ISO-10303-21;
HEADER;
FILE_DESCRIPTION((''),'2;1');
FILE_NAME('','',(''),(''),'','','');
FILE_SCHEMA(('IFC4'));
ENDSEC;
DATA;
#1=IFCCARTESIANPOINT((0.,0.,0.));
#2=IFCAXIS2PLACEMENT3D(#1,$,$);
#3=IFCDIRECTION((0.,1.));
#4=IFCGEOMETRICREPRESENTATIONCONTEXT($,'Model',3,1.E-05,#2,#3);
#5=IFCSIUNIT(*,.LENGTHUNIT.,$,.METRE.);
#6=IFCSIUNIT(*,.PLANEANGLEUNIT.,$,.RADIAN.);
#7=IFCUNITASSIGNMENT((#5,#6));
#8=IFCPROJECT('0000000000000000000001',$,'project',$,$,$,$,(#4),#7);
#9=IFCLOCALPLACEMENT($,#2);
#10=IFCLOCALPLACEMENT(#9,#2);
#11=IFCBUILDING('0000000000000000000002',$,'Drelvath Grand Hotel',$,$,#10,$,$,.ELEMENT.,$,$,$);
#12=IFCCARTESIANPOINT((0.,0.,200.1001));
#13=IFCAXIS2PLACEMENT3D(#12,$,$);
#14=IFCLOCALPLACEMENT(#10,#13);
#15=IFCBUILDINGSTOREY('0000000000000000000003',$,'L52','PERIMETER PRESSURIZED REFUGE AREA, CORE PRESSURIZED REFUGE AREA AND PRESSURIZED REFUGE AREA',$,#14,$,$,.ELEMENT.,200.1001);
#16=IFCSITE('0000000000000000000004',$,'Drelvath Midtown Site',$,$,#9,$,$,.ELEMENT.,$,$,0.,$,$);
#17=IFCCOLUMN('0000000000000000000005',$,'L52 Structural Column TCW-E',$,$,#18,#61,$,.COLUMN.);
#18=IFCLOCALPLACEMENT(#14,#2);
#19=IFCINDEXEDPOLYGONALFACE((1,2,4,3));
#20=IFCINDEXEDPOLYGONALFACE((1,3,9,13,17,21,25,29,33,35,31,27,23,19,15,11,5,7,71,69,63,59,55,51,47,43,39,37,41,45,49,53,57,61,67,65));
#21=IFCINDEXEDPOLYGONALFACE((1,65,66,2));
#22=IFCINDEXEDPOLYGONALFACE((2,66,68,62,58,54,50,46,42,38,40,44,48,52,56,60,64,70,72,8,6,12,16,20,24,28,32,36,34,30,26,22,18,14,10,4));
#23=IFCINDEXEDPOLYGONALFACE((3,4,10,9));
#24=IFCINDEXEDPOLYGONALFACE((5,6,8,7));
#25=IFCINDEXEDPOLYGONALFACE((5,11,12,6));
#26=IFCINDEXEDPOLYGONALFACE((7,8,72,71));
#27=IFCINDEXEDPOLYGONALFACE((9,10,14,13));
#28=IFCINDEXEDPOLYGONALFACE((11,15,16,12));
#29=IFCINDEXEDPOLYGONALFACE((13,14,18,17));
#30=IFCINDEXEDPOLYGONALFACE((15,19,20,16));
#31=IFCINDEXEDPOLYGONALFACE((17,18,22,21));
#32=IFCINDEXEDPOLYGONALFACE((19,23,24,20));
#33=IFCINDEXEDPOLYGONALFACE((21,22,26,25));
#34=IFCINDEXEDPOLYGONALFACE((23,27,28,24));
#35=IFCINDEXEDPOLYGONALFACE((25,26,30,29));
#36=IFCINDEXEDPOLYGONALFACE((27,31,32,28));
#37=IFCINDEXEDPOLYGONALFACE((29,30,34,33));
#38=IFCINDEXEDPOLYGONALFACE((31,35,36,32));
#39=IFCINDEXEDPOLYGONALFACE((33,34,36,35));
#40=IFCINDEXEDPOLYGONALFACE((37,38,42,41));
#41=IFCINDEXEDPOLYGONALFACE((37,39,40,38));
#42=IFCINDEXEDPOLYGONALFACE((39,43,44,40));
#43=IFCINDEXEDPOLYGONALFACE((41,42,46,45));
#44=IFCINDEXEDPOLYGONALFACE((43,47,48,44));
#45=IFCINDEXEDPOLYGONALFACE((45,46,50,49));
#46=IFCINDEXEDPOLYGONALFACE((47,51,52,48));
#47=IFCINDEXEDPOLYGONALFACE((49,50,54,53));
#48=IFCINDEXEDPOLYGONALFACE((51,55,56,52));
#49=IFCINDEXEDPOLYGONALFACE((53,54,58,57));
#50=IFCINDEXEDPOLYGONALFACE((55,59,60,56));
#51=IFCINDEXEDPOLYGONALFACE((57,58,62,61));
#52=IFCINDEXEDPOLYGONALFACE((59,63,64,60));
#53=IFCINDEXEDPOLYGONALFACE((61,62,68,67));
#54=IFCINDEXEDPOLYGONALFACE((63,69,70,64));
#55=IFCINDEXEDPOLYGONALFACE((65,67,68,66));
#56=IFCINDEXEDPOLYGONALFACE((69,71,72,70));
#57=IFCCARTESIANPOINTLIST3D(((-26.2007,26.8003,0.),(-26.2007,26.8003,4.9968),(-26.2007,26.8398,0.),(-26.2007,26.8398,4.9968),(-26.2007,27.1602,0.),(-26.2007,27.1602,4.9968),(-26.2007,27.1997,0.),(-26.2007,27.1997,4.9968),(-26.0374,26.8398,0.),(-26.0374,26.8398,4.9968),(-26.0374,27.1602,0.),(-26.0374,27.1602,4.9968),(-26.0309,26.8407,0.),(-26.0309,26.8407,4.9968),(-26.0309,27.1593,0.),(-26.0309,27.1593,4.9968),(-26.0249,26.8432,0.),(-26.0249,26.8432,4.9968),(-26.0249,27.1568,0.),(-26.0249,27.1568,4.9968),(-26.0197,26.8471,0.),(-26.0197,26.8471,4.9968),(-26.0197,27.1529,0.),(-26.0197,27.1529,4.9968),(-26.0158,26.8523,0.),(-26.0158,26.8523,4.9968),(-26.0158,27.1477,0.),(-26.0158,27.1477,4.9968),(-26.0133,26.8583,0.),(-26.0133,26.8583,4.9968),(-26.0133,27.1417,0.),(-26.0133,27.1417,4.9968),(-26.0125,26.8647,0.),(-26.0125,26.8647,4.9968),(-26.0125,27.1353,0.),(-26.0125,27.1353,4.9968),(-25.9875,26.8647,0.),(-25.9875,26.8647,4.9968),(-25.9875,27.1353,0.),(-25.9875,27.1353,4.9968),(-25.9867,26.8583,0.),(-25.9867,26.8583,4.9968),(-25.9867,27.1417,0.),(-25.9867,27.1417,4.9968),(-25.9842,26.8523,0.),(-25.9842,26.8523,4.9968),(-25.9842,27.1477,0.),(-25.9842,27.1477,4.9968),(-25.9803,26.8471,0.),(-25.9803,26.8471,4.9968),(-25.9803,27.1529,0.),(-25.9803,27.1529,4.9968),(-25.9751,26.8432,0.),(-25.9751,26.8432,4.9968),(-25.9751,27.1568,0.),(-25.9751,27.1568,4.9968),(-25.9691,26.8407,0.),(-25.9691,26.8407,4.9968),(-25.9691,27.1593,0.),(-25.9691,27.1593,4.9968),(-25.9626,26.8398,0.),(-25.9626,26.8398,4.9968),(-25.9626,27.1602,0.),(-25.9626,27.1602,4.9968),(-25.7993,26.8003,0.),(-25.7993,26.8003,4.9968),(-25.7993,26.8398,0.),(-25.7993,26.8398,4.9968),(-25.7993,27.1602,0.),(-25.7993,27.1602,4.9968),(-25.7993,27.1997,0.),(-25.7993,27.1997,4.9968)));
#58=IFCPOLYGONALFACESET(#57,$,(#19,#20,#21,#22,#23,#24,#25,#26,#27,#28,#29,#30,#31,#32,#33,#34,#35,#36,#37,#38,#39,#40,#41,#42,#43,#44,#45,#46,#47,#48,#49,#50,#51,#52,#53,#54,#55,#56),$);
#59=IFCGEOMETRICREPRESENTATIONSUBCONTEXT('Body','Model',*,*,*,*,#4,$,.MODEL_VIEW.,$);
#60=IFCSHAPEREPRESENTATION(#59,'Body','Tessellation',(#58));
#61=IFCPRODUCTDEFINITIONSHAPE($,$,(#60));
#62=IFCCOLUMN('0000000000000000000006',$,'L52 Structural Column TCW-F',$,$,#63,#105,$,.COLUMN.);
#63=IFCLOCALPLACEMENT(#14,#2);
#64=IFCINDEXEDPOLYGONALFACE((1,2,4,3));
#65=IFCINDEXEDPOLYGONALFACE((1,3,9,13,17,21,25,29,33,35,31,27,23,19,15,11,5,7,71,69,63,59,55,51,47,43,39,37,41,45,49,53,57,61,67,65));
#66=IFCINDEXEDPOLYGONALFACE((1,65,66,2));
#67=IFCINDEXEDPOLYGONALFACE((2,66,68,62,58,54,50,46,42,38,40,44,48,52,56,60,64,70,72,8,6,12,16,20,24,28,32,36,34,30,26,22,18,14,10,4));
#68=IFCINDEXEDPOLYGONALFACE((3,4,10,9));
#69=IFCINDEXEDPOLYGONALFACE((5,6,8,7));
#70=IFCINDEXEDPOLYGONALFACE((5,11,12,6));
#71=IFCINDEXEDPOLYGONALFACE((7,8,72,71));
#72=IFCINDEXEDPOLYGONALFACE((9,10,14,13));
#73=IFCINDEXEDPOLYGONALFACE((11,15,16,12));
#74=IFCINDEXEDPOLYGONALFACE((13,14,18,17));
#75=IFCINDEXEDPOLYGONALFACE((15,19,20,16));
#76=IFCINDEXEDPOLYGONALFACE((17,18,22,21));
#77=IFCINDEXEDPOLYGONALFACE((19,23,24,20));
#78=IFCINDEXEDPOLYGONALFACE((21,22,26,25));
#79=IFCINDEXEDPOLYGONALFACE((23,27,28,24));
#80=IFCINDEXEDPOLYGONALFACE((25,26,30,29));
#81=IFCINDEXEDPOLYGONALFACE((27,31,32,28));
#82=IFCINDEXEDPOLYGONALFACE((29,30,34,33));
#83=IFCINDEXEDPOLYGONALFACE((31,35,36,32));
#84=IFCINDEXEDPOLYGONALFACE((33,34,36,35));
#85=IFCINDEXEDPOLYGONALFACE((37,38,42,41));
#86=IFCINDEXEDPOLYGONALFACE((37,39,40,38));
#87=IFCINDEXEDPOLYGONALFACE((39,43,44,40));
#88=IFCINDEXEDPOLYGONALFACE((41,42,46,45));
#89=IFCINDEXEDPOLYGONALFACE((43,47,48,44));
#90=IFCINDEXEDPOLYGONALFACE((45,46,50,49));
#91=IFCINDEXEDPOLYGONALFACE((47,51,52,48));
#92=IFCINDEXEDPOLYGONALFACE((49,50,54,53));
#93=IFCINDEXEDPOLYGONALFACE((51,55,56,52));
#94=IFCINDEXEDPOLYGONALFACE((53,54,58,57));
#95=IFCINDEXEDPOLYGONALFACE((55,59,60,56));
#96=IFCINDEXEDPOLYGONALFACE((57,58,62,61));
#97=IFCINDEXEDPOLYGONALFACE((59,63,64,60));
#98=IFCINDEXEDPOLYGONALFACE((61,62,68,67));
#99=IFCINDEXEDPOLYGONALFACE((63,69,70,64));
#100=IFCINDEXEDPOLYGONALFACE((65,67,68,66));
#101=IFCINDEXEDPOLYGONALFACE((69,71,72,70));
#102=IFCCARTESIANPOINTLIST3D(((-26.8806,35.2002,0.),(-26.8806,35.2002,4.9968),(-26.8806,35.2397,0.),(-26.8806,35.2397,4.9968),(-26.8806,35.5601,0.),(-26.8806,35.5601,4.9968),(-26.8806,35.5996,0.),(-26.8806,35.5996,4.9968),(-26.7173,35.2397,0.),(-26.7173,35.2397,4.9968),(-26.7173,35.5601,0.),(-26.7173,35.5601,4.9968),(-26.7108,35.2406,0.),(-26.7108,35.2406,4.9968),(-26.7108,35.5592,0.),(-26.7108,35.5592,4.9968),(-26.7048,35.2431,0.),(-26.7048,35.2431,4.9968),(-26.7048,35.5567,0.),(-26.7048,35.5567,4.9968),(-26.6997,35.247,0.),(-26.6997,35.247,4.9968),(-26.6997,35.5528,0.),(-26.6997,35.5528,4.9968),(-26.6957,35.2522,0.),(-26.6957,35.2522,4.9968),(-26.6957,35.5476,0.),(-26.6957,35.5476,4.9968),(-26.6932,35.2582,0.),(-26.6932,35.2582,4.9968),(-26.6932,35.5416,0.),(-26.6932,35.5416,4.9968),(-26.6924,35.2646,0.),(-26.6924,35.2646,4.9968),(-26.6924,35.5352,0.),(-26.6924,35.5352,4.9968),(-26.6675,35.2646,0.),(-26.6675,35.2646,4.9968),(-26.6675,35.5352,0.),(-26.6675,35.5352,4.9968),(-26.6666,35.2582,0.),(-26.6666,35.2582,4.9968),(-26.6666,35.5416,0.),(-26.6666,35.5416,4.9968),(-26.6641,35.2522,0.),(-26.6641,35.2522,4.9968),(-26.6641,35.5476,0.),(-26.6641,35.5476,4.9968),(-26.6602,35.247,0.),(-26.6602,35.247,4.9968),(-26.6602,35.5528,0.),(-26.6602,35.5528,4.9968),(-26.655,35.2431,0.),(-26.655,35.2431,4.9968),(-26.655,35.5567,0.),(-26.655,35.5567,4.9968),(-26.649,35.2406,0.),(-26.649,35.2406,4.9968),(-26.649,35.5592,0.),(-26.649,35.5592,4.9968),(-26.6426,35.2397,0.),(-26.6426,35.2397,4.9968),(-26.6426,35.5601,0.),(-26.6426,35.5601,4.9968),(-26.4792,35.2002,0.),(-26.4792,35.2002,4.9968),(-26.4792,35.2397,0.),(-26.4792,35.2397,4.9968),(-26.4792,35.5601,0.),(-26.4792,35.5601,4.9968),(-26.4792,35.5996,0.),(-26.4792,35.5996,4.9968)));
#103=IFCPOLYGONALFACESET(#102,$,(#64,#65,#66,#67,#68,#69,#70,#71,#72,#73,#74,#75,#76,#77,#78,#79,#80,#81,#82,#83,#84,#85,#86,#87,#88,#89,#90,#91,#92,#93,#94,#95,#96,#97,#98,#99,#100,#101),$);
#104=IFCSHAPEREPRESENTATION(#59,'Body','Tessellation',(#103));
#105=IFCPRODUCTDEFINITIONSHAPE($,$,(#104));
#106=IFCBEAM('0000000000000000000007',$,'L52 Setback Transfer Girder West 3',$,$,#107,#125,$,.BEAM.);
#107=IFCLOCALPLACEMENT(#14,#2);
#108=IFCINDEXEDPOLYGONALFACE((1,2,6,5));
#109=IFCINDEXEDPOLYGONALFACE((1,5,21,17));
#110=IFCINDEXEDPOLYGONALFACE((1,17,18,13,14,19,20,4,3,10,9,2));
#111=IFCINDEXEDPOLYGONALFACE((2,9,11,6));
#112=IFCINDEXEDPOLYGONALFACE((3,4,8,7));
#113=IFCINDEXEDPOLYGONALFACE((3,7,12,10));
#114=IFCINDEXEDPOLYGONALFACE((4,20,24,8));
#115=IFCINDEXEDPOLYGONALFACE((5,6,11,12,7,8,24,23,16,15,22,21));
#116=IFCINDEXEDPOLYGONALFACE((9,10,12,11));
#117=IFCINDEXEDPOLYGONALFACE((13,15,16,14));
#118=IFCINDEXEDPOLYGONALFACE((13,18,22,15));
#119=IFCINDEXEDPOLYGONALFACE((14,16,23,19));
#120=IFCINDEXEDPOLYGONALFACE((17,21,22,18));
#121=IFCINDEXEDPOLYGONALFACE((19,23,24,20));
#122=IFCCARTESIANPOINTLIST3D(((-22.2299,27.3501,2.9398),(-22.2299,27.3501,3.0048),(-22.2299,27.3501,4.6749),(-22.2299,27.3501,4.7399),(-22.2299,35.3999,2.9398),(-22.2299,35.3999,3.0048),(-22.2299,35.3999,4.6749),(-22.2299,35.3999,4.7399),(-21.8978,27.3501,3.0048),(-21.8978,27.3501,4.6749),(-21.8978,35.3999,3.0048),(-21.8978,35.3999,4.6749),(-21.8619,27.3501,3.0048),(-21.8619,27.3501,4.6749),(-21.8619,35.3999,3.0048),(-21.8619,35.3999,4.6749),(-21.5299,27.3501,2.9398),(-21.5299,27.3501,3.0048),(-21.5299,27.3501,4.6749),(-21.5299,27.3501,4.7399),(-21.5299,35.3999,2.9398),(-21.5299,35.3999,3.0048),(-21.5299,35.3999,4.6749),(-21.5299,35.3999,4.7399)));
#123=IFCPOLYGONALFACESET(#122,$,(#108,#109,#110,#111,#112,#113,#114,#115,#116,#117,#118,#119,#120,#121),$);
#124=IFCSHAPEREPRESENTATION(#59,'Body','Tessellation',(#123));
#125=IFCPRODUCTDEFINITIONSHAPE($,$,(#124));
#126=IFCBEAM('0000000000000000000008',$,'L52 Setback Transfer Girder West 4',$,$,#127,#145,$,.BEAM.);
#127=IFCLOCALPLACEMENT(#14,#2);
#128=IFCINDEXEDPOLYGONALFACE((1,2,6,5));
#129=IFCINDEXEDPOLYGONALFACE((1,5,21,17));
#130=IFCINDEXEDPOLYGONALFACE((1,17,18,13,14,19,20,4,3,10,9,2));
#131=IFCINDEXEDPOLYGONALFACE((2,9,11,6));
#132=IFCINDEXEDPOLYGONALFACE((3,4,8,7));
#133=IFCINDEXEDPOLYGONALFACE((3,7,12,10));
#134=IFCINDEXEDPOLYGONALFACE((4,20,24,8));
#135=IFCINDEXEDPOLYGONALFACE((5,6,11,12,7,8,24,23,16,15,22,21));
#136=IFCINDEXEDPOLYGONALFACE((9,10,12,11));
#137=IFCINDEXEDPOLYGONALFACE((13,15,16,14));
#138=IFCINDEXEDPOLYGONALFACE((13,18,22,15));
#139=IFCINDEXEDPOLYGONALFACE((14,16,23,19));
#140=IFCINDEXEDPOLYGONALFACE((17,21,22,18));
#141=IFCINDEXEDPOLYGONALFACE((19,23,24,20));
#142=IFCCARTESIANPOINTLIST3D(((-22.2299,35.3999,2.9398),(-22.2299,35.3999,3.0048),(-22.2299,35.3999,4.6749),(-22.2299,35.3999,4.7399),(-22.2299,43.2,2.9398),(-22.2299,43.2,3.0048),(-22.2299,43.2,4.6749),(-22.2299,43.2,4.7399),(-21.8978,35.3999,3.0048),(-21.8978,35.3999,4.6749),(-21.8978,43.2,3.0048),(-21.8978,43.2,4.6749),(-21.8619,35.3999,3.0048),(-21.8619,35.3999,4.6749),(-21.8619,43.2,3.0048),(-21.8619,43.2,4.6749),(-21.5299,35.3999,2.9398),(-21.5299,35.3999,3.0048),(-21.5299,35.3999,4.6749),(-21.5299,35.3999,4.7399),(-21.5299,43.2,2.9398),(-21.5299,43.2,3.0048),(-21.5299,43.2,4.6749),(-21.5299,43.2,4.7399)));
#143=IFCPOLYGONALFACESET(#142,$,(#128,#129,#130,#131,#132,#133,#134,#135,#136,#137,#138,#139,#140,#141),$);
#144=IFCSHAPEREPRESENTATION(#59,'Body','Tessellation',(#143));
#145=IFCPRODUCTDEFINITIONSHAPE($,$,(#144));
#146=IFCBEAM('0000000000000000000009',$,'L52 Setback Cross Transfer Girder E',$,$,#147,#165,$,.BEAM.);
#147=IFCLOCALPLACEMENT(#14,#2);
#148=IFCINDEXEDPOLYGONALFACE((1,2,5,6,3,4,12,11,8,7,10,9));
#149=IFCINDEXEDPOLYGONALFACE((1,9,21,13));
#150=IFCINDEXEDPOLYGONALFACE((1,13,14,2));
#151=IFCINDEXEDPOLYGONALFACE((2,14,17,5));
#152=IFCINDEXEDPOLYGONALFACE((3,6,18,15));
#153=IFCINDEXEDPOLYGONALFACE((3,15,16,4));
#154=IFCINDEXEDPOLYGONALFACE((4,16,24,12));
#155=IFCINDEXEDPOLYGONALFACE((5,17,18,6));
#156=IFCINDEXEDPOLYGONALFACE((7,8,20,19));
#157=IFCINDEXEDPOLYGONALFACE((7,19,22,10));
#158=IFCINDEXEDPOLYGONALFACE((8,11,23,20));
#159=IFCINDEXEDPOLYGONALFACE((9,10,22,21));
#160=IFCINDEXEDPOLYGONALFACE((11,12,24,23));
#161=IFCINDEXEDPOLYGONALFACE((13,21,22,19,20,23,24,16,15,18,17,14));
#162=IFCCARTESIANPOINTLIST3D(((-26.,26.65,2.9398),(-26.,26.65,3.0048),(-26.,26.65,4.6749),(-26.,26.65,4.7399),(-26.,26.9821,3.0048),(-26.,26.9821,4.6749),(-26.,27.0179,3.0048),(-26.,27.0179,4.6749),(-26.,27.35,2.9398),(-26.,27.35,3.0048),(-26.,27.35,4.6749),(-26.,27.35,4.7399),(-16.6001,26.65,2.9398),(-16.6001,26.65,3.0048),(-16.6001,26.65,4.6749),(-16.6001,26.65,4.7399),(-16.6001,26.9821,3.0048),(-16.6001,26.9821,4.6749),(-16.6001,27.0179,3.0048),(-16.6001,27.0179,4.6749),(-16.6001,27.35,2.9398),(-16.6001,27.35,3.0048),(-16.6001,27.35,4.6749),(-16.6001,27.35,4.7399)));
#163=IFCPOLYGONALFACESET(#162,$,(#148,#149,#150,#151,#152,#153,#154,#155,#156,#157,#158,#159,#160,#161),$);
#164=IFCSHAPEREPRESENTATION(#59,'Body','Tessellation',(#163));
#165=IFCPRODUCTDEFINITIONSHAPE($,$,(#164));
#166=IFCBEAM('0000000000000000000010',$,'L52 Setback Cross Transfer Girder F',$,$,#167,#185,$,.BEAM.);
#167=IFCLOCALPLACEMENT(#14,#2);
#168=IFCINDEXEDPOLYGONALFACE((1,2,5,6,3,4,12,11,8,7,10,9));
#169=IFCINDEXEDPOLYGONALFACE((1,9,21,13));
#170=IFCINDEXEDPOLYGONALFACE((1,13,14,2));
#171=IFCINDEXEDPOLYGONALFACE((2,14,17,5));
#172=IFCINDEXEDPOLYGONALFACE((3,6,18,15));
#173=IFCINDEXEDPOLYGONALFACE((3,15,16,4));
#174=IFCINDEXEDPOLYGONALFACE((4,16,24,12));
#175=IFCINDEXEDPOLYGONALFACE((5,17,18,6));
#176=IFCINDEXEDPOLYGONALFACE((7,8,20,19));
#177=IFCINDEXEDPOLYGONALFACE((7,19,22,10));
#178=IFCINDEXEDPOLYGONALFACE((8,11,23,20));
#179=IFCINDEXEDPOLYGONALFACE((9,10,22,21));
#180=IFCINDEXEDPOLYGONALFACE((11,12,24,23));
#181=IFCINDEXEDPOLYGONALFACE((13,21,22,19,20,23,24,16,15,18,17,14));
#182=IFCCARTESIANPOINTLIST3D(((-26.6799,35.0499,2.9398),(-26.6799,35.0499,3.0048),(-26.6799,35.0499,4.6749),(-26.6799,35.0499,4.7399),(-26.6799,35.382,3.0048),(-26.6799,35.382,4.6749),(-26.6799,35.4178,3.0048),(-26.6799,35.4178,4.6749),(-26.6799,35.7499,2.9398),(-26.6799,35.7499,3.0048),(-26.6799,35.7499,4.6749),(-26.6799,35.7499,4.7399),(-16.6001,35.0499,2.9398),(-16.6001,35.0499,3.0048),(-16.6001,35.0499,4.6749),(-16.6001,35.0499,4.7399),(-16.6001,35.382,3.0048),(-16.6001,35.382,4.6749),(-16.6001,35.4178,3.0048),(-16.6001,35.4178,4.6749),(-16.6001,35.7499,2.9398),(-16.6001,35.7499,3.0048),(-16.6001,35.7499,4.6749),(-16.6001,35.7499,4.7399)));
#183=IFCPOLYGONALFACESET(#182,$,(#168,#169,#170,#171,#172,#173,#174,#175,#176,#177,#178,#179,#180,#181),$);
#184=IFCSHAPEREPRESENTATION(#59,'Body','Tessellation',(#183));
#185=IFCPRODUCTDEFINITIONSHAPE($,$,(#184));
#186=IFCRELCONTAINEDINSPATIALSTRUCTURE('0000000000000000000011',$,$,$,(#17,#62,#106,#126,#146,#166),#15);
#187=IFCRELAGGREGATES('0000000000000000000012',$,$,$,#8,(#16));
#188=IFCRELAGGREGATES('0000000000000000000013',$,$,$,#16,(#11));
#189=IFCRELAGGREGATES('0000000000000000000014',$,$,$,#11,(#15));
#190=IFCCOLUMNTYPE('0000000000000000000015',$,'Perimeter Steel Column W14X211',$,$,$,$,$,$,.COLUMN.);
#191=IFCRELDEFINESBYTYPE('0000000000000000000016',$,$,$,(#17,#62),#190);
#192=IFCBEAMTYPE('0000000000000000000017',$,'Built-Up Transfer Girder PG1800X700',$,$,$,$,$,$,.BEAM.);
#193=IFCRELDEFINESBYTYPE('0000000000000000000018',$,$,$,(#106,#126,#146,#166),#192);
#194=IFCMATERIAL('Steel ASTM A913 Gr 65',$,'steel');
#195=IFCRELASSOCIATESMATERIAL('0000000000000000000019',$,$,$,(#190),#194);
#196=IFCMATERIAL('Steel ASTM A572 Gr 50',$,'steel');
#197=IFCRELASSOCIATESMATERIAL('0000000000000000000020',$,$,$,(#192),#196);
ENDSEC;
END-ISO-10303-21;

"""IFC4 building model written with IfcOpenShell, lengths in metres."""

from ifc_helpers import new_model, si_unit, direction, frame, origin, origin_2d, place, context, subcontext, project, spatial, i_section, extrude, material, material_profile, profile_set, type_object, element, save


model = new_model("IFC4")

# Units and contexts
model_context = context("Model", 3, precision=1e-05, world=origin(), true_north=direction((0.0, 1.0)))
body_context = subcontext(model_context, "Body", "Model", "MODEL_VIEW")
ifc_project = project(units=[si_unit("LENGTHUNIT", "METRE"), si_unit("PLANEANGLEUNIT", "RADIAN")], contexts=[model_context])

# Site, building, storey
site_placement = place(None, origin())
site = spatial("IfcSite", under=ifc_project, at=site_placement, Name="Drelvath Midtown Site", CompositionType="ELEMENT", RefElevation=0.0)
building_placement = place(site_placement, origin())
building = spatial("IfcBuilding", under=site, at=building_placement, Name="Drelvath Grand Hotel", CompositionType="ELEMENT")
storey_placement = place(building_placement, frame((0.0, 0.0, 200.1001)))
storey = spatial("IfcBuildingStorey", under=building, at=storey_placement, Name="L52", Description="PERIMETER PRESSURIZED REFUGE AREA, CORE PRESSURIZED REFUGE AREA AND PRESSURIZED REFUGE AREA", CompositionType="ELEMENT", Elevation=200.1001)

# Columns
ifc_material_1 = material(Name="Steel ASTM A913 Gr 65", Category="steel")
ifc_material_profile_1 = material_profile(ifc_material_1, i_section(OverallWidth=0.4014, OverallDepth=0.3994, WebThickness=0.0249, FlangeThickness=0.0396, FilletRadius=0.0249, at=origin_2d()), Name="W14X211")
ifc_profile_set_1 = profile_set([ifc_material_profile_1], Name="Steel ASTM A913 Gr 65")
column_type = type_object("IfcColumnType", Name="Perimeter Steel Column W14X211", PredefinedType="COLUMN", material=ifc_profile_set_1)
for number, where, z_axis, x_axis, name in (
    (1, (-26.0, 27.0, 0.0), (0.0, 0.0, 1.0), (1.0, 0.0, 0.0), "L52 Structural Column TCW-E"),
    (2, (-26.6799, 35.3999, 0.0), (0.0, 0.0, 1.0), (1.0, 0.0, 0.0), "L52 Structural Column TCW-F"),
):
    element("IfcColumn", number, at=place(storey_placement, frame(where, z_axis=z_axis, x_axis=x_axis)), inside=storey, type_object=column_type, Name=name, PredefinedType="COLUMN", context=body_context, shape_type="SweptSolid", body=[
        extrude(i_section(OverallWidth=0.4014, OverallDepth=0.3994, WebThickness=0.0249, FlangeThickness=0.0396, FilletRadius=0.0249, at=origin_2d()), origin(), (0.0, 0.0, 1.0), 4.9968),
    ])

# Beams
ifc_material_2 = material(Name="Steel ASTM A572 Gr 50", Category="steel")
ifc_material_profile_2 = material_profile(ifc_material_2, i_section(OverallWidth=0.7, OverallDepth=1.8, WebThickness=0.0359, FlangeThickness=0.0649, at=origin_2d()), Name="PG1800X700")
ifc_profile_set_2 = profile_set([ifc_material_profile_2], Name="Steel ASTM A572 Gr 50")
beam_type_1 = type_object("IfcBeamType", Name="Built-Up Transfer Girder PG1800X700", PredefinedType="BEAM", material=ifc_profile_set_2)
beam_1_placement = place(storey_placement, frame((-21.8799, 27.3501, 3.8398), z_axis=(0.0, 1.0, 0.0), x_axis=(-1.0, 0.0, 0.0)))
element("IfcBeam", 3, at=beam_1_placement, inside=storey, type_object=beam_type_1, Name="L52 Setback Transfer Girder West 3", PredefinedType="BEAM", context=body_context, shape_type="SweptSolid", body=[
    extrude(i_section(OverallWidth=0.7, OverallDepth=1.8, WebThickness=0.0359, FlangeThickness=0.0649, at=origin_2d()), origin(), (0.0, 0.0, 1.0), 8.0498),
])
beam_2_placement = place(storey_placement, frame((-21.8799, 35.3999, 3.8398), z_axis=(0.0, 1.0, 0.0), x_axis=(-1.0, 0.0, 0.0)))
element("IfcBeam", 4, at=beam_2_placement, inside=storey, type_object=beam_type_1, Name="L52 Setback Transfer Girder West 4", PredefinedType="BEAM", context=body_context, shape_type="SweptSolid", body=[
    extrude(i_section(OverallWidth=0.7, OverallDepth=1.8, WebThickness=0.0359, FlangeThickness=0.0649, at=origin_2d()), origin(), (0.0, 0.0, 1.0), 7.8),
])
beam_3_placement = place(storey_placement, frame((-26.0, 27.0, 3.8398), z_axis=(1.0, 0.0, 0.0), x_axis=(0.0, 1.0, 0.0)))
element("IfcBeam", 5, at=beam_3_placement, inside=storey, type_object=beam_type_1, Name="L52 Setback Cross Transfer Girder E", PredefinedType="BEAM", context=body_context, shape_type="SweptSolid", body=[
    extrude(i_section(OverallWidth=0.7, OverallDepth=1.8, WebThickness=0.0359, FlangeThickness=0.0649, at=origin_2d()), origin(), (0.0, 0.0, 1.0), 9.3999),
])
beam_4_placement = place(storey_placement, frame((-26.6799, 35.3999, 3.8398), z_axis=(1.0, 0.0, 0.0), x_axis=(0.0, 1.0, 0.0)))
element("IfcBeam", 6, at=beam_4_placement, inside=storey, type_object=beam_type_1, Name="L52 Setback Cross Transfer Girder F", PredefinedType="BEAM", context=body_context, shape_type="SweptSolid", body=[
    extrude(i_section(OverallWidth=0.7, OverallDepth=1.8, WebThickness=0.0359, FlangeThickness=0.0649, at=origin_2d()), origin(), (0.0, 0.0, 1.0), 10.0798),
])

save(model, "model.ifc")
